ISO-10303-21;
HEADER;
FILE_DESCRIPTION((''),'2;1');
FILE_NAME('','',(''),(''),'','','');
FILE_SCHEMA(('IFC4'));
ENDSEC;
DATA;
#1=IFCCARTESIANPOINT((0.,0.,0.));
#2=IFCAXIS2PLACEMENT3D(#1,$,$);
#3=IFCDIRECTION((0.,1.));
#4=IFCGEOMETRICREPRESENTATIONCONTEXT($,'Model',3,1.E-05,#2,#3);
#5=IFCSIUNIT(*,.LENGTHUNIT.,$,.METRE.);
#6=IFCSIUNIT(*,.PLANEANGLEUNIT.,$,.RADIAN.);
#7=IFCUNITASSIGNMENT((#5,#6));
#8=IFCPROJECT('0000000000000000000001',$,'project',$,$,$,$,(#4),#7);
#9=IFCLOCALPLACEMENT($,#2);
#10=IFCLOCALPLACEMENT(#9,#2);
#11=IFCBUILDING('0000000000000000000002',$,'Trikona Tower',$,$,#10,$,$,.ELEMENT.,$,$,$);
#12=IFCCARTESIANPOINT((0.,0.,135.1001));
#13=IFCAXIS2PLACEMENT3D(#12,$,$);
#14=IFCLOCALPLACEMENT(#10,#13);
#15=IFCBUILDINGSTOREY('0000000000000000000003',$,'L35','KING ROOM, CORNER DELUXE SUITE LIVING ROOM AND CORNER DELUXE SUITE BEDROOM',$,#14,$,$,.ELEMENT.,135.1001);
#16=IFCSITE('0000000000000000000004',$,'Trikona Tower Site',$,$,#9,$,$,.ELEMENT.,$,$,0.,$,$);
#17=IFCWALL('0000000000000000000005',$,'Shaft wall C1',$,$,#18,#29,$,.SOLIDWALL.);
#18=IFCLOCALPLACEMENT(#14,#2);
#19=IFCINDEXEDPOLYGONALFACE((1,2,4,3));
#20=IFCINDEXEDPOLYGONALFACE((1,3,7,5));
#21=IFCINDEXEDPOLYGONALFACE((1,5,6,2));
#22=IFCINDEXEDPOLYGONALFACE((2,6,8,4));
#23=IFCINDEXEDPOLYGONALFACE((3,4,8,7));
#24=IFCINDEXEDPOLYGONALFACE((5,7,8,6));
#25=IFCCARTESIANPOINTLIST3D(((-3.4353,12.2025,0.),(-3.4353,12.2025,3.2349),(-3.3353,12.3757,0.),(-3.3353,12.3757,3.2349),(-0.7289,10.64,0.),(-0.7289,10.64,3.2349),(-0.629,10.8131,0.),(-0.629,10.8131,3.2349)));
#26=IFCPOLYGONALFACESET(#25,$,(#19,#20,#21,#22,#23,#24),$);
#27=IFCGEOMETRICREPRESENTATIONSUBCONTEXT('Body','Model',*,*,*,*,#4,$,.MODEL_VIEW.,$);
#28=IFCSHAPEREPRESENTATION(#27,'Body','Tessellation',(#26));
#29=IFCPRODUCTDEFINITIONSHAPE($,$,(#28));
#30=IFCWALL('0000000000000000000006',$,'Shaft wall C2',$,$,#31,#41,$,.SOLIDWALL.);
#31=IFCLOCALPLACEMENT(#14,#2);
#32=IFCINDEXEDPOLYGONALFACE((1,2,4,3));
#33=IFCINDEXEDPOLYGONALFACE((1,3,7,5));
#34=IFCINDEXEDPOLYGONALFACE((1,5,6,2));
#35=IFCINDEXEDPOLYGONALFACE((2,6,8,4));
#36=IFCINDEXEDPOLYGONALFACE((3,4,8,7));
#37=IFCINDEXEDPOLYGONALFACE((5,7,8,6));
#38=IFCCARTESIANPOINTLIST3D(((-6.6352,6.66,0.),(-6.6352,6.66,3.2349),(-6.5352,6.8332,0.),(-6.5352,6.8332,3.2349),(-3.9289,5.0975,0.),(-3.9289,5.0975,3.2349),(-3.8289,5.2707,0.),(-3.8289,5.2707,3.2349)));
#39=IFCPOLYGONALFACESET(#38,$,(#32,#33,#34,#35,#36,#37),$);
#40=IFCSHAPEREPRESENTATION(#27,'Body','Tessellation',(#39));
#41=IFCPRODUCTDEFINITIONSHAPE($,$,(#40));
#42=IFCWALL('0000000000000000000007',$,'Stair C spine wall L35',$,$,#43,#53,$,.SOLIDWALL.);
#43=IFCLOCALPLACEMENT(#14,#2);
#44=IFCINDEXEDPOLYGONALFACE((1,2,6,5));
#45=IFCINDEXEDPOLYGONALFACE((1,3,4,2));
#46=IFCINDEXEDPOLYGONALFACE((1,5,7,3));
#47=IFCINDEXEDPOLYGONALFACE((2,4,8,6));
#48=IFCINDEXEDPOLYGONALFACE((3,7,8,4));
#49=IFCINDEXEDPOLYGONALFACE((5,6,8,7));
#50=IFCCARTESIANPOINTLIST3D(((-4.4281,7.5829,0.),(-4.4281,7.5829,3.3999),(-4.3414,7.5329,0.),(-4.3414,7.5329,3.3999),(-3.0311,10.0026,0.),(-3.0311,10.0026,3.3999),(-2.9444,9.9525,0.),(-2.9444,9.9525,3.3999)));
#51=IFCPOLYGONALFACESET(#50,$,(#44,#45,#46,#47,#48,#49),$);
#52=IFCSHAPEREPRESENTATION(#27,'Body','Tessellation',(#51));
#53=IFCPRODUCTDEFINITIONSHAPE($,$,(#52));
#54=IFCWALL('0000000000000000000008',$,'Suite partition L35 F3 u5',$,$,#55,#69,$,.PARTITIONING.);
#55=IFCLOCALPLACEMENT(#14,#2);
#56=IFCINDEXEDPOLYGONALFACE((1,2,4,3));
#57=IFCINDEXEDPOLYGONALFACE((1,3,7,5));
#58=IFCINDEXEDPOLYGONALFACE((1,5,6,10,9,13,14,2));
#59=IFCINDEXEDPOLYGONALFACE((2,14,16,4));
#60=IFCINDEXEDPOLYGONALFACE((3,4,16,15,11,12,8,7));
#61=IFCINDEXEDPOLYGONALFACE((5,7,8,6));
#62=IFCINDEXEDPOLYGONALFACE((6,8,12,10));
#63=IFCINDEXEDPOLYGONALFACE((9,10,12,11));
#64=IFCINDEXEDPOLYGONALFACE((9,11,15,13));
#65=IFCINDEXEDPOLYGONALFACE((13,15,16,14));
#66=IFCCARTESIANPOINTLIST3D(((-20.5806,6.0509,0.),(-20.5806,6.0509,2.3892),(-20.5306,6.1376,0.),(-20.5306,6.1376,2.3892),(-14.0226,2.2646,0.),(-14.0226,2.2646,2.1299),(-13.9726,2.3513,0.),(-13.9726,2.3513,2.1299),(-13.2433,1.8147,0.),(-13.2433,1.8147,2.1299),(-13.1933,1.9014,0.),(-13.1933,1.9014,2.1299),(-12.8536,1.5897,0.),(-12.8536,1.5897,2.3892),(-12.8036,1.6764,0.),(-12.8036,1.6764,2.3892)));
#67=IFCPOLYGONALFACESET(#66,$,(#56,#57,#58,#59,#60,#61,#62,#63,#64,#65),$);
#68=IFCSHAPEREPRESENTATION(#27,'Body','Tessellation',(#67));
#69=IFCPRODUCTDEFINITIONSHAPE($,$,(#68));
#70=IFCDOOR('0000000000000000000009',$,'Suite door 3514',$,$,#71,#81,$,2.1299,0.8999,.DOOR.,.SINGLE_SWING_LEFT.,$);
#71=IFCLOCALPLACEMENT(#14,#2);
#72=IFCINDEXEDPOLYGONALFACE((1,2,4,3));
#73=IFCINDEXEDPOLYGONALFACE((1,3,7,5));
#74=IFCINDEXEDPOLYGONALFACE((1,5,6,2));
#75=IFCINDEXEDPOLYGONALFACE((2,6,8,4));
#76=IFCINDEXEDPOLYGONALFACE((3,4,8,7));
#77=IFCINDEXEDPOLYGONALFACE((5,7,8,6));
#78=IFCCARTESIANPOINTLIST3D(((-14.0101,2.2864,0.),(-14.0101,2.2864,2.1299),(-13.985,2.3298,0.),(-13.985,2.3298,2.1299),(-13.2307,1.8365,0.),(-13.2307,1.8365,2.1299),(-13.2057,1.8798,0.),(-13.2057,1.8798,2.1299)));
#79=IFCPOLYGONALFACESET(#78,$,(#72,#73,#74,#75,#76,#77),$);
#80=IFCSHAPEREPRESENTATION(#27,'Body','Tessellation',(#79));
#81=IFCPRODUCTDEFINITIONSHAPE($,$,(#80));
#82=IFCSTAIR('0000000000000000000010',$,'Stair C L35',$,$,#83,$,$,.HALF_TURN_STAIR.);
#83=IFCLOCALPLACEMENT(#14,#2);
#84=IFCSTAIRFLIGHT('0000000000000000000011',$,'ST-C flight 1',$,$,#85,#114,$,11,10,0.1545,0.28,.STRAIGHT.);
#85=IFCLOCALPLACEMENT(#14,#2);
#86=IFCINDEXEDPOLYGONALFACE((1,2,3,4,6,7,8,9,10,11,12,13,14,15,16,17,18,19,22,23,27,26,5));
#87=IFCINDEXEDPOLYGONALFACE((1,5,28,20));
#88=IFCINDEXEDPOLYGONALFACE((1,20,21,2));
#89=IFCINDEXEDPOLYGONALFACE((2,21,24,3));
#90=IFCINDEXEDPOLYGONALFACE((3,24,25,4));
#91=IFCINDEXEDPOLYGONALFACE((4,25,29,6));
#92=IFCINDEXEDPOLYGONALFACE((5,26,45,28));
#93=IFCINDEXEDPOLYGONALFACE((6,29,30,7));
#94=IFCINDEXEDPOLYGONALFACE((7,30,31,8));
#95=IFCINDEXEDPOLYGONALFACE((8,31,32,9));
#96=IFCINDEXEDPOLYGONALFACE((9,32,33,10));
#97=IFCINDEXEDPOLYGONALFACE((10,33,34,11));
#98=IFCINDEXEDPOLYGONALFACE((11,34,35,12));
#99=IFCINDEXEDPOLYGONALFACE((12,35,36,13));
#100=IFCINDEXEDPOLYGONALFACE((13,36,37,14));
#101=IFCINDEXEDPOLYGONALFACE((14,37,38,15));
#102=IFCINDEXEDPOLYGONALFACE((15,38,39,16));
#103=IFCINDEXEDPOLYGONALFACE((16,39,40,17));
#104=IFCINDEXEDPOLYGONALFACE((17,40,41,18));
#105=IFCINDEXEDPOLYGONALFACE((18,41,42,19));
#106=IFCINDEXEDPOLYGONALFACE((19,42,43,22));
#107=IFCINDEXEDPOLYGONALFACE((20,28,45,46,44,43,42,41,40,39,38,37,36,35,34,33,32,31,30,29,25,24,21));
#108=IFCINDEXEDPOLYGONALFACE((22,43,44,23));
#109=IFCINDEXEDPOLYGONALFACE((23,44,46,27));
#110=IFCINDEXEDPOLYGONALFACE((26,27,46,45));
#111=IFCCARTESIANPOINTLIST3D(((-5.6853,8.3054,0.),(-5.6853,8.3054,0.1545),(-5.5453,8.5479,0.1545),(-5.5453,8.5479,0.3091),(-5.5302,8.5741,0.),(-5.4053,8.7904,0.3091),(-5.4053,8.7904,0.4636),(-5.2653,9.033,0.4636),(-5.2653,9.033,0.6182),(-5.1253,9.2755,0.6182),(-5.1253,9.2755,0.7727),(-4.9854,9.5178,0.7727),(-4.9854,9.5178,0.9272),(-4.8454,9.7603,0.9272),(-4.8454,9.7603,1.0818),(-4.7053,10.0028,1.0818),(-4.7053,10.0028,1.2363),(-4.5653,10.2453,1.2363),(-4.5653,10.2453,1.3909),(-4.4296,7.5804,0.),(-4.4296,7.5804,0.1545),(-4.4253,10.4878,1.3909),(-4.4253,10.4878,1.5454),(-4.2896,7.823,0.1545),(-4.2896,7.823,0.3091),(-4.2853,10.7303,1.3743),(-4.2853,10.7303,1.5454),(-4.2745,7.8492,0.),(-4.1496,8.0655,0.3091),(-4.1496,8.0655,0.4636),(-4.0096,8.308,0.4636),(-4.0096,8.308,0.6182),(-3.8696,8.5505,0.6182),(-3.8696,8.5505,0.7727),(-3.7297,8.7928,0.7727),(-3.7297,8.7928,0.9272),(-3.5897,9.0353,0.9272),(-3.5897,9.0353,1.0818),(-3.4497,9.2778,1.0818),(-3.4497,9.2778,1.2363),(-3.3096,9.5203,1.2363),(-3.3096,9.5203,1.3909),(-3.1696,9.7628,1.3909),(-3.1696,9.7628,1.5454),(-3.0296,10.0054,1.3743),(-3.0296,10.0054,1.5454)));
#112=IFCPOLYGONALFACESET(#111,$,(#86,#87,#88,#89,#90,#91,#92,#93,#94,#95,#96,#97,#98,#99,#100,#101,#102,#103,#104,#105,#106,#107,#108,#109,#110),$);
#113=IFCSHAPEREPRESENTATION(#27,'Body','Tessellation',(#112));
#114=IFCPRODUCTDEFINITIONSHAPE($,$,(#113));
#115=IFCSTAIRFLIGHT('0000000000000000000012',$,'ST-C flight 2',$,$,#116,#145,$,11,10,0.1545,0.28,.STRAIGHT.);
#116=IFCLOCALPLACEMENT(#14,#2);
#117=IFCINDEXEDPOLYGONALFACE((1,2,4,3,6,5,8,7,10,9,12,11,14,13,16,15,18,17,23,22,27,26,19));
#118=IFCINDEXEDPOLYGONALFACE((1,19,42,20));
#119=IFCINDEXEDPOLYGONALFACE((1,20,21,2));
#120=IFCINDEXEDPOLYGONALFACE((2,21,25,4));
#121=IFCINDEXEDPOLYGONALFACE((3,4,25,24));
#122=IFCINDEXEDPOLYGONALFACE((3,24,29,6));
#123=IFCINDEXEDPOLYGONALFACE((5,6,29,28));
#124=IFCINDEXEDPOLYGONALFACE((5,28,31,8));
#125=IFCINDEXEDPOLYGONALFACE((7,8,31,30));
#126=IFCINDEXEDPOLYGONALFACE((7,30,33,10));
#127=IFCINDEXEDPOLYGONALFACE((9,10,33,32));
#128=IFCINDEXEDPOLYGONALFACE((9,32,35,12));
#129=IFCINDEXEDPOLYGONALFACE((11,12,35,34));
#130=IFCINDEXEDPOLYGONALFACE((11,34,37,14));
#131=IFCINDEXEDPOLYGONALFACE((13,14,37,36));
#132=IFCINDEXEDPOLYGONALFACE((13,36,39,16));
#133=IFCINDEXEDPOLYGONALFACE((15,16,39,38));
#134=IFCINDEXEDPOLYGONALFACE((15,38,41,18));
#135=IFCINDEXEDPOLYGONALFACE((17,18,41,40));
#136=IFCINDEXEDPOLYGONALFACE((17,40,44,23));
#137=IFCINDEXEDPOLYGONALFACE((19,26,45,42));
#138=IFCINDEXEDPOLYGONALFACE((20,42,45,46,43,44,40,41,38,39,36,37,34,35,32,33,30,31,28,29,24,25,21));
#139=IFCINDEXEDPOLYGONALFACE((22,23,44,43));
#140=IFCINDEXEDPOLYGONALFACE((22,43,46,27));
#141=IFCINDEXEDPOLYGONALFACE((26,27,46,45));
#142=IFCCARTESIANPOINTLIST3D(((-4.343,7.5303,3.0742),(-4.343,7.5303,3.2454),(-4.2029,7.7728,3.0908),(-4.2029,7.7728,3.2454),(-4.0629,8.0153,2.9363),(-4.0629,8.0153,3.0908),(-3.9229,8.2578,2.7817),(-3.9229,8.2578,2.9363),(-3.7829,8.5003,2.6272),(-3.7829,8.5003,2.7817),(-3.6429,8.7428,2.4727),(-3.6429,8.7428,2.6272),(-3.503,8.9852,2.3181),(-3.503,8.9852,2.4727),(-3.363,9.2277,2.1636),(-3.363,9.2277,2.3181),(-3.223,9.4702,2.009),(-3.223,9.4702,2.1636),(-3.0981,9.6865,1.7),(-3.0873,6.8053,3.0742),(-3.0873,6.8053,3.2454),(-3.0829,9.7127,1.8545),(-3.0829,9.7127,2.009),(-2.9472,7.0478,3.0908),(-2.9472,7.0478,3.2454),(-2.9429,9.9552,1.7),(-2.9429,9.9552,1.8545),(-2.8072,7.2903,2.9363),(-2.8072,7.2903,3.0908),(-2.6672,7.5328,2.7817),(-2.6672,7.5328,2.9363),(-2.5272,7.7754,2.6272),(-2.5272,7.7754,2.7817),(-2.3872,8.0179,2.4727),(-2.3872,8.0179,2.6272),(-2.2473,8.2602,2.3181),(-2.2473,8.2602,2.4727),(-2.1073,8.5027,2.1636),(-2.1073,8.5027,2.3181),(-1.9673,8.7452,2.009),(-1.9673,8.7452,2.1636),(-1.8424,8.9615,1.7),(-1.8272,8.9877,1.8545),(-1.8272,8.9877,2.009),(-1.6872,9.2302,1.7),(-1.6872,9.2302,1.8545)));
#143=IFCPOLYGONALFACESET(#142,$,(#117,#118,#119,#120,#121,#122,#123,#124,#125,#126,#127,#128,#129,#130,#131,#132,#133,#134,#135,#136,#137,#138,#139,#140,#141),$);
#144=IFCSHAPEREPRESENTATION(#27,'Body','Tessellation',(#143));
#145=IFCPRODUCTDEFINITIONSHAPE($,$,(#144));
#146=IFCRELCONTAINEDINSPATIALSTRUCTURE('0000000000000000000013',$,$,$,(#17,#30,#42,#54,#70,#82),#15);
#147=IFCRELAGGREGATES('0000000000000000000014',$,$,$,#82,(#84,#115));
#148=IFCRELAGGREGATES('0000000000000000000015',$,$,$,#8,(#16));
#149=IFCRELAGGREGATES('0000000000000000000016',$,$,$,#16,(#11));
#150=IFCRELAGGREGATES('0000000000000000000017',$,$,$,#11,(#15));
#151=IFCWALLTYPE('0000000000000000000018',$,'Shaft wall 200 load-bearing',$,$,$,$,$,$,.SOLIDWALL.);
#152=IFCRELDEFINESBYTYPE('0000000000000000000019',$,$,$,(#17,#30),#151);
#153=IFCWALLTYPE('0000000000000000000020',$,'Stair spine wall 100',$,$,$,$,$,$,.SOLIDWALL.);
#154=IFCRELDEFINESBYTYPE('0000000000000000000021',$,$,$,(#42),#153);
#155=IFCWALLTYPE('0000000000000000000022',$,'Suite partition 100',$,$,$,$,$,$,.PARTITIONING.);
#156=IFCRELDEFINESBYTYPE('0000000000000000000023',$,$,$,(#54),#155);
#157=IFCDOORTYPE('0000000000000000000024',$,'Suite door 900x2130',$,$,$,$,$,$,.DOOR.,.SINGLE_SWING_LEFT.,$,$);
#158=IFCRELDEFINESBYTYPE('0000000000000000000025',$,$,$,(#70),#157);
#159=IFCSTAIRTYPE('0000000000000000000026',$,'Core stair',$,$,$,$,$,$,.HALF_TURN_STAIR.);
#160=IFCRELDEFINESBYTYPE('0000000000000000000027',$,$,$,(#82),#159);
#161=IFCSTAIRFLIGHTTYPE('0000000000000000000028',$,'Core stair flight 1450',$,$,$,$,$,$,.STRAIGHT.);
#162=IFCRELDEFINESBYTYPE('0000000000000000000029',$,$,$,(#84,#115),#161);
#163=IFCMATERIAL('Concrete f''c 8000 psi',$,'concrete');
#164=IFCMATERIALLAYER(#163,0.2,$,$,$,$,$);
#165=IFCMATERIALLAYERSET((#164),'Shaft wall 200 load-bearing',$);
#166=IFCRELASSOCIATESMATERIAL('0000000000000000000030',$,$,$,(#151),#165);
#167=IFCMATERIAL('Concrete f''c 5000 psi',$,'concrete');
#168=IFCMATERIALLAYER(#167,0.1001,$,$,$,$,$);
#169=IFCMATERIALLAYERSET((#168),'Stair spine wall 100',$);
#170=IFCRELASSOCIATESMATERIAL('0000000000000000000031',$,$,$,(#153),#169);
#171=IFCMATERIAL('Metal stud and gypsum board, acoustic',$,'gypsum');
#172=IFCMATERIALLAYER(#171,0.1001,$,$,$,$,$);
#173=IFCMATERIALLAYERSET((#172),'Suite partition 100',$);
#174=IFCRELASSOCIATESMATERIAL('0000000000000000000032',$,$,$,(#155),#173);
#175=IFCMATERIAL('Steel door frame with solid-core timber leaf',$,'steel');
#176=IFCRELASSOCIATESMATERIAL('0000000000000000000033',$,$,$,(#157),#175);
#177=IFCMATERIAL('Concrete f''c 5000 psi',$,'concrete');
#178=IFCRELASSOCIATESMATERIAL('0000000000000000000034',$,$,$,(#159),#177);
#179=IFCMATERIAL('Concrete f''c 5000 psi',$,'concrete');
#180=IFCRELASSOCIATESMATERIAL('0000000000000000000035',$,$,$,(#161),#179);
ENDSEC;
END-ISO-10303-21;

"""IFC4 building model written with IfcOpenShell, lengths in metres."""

from ifc_helpers import new_model, si_unit, direction, frame, frame_2d, origin, place, context, subcontext, project, spatial, polyline, rectangle, outline, extrude, material, layer, layer_set, type_object, element, fill, aggregate, save


model = new_model("IFC4")

# Units and contexts
model_context = context("Model", 3, precision=1e-05, world=origin(), true_north=direction((0.0, 1.0)))
body_context = subcontext(model_context, "Body", "Model", "MODEL_VIEW")
ifc_project = project(units=[si_unit("LENGTHUNIT", "METRE"), si_unit("PLANEANGLEUNIT", "RADIAN")], contexts=[model_context])

# Site, building, storey
site_placement = place(None, origin())
site = spatial("IfcSite", under=ifc_project, at=site_placement, Name="Trikona Tower Site", CompositionType="ELEMENT", RefElevation=0.0)
building_placement = place(site_placement, origin())
building = spatial("IfcBuilding", under=site, at=building_placement, Name="Trikona Tower", CompositionType="ELEMENT")
storey_placement = place(building_placement, frame((0.0, 0.0, 135.1001)))
storey = spatial("IfcBuildingStorey", under=building, at=storey_placement, Name="L35", Description="KING ROOM, CORNER DELUXE SUITE LIVING ROOM AND CORNER DELUXE SUITE BEDROOM", CompositionType="ELEMENT", Elevation=135.1001)

# Walls
ifc_material_1 = material(Name="Concrete f'c 8000 psi", Category="concrete")
ifc_layer_1 = layer(ifc_material_1, 0.2)
ifc_layer_set_1 = layer_set([ifc_layer_1], Name="Shaft wall 200 load-bearing")
wall_type_1 = type_object("IfcWallType", Name="Shaft wall 200 load-bearing", PredefinedType="SOLIDWALL", material=ifc_layer_set_1)
for number, where, z_axis, x_axis, name in (
    (1, (-0.679, 10.7266, 0.0), (0.0, 0.0, 1.0), (-0.866023, 0.500004, 0.0), "Shaft wall C1"),
    (2, (-3.8789, 5.1841, 0.0), (0.0, 0.0, 1.0), (-0.866023, 0.500004, 0.0), "Shaft wall C2"),
):
    element("IfcWall", number, at=place(storey_placement, frame(where, z_axis=z_axis, x_axis=x_axis)), inside=storey, type_object=wall_type_1, Name=name, PredefinedType="SOLIDWALL", context=body_context, shape_type="SweptSolid", body=[
        extrude(rectangle(XDim=3.125, YDim=0.2, at=frame_2d((1.5625, 0.0))), origin(), (0.0, 0.0, 1.0), 3.2349),
    ])
ifc_material_2 = material(Name="Concrete f'c 5000 psi", Category="concrete")
ifc_layer_2 = layer(ifc_material_2, 0.1001)
ifc_layer_set_2 = layer_set([ifc_layer_2], Name="Stair spine wall 100")
wall_type_2 = type_object("IfcWallType", Name="Stair spine wall 100", PredefinedType="SOLIDWALL", material=ifc_layer_set_2)
wall_1_placement = place(storey_placement, frame((-2.9878, 9.9775, 0.0), z_axis=(0.0, 0.0, 1.0), x_axis=(-0.499992, -0.86603, 0.0)))
element("IfcWall", 3, at=wall_1_placement, inside=storey, type_object=wall_type_2, Name="Stair C spine wall L35", PredefinedType="SOLIDWALL", context=body_context, shape_type="SweptSolid", body=[
    extrude(rectangle(XDim=2.7939, YDim=0.1001, at=frame_2d((1.397, 0.0))), origin(), (0.0, 0.0, 1.0), 3.3999),
])

# Wall, opening, door
ifc_material_3 = material(Name="Metal stud and gypsum board, acoustic", Category="gypsum")
ifc_layer_3 = layer(ifc_material_3, 0.1001)
ifc_layer_set_3 = layer_set([ifc_layer_3], Name="Suite partition 100")
wall_type_3 = type_object("IfcWallType", Name="Suite partition 100", PredefinedType="PARTITIONING", material=ifc_layer_set_3)
wall_2_placement = place(storey_placement, frame((-12.8286, 1.6331, 0.0), z_axis=(0.0, 0.0, 1.0), x_axis=(-0.866027, 0.499997, 0.0)))
wall_2 = element("IfcWall", 4, at=wall_2_placement, inside=storey, type_object=wall_type_3, Name="Suite partition L35 F3 u5", PredefinedType="PARTITIONING", context=body_context, shape_type="SweptSolid", body=[
    extrude(rectangle(XDim=8.9224, YDim=0.1001, at=frame_2d((4.4612, 0.0))), origin(), (0.0, 0.0, 1.0), 2.3892),
])
opening_1_placement = place(wall_2_placement, frame((0.45, 0.0, 0.0)))
opening_1 = element("IfcOpeningElement", 5, at=opening_1_placement, cuts=wall_2, PredefinedType="OPENING", context=body_context, shape_type="SweptSolid", body=[
    extrude(rectangle(XDim=0.8999, YDim=2.1299, at=frame_2d((0.45, 1.0649))), frame((0.0, 0.0601, 0.0), z_axis=(0.0, -1.0, 0.0), x_axis=(1.0, 0.0, 0.0)), (0.0, 0.0, 1.0), 0.1201),
])
ifc_material_4 = material(Name="Steel door frame with solid-core timber leaf", Category="steel")
door_type_1 = type_object("IfcDoorType", Name="Suite door 900x2130", OperationType="SINGLE_SWING_LEFT", PredefinedType="DOOR", material=ifc_material_4)
door_1_placement = place(opening_1_placement, origin())
door_1 = element("IfcDoor", 6, at=door_1_placement, inside=storey, type_object=door_type_1, Name="Suite door 3514", OperationType="SINGLE_SWING_LEFT", OverallHeight=2.1299, OverallWidth=0.8999, PredefinedType="DOOR", context=body_context, shape_type="SweptSolid", body=[
    extrude(rectangle(XDim=0.8999, YDim=2.1299, at=frame_2d((0.45, 1.0649))), frame((0.0, 0.0249, 0.0), z_axis=(0.0, -1.0, 0.0), x_axis=(1.0, 0.0, 0.0)), (0.0, 0.0, 1.0), 0.05),
])
fill(opening_1, door_1)

# Stair, stair flights
ifc_material_5 = material(Name="Concrete f'c 5000 psi", Category="concrete")
stair_type = type_object("IfcStairType", Name="Core stair", PredefinedType="HALF_TURN_STAIR", material=ifc_material_5)
stair_placement = place(storey_placement, origin())
stair = element("IfcStair", 7, at=stair_placement, inside=storey, type_object=stair_type, Name="Stair C L35", PredefinedType="HALF_TURN_STAIR")
ifc_material_6 = material(Name="Concrete f'c 5000 psi", Category="concrete")
stair_flight_type = type_object("IfcStairFlightType", Name="Core stair flight 1450", PredefinedType="STRAIGHT", material=ifc_material_6)
stair_flight_1_placement = place(storey_placement, frame((-5.0574, 7.9429, 0.0), z_axis=(0.0, 0.0, 1.0), x_axis=(0.5, 0.866025, 0.0)))
stair_flight_1 = element("IfcStairFlight", 8, at=stair_flight_1_placement, type_object=stair_flight_type, Name="ST-C flight 1", NumberOfRisers=11, NumberOfTreads=10, PredefinedType="STRAIGHT", RiserHeight=0.1545, TreadLength=0.28, context=body_context, shape_type="SweptSolid", body=[
    extrude(outline(polyline([(0.0, 0.0), (0.0, 0.1545), (0.28, 0.1545), (0.28, 0.3091), (0.5601, 0.3091), (0.5601, 0.4636), (0.8401, 0.4636), (0.8401, 0.6182), (1.1201, 0.6182), (1.1201, 0.7727), (1.3999, 0.7727), (1.3999, 0.9272), (1.6799, 0.9272), (1.6799, 1.0818), (1.96, 1.0818), (1.96, 1.2363), (2.24, 1.2363), (2.24, 1.3909), (2.52, 1.3909), (2.52, 1.5454), (2.8, 1.5454), (2.8, 1.7), (2.8, 1.3743), (0.3103, 0.0), (0.0, 0.0)])), frame((0.0, 0.7251, 0.0), z_axis=(0.0, -1.0, 0.0), x_axis=(1.0, 0.0, 0.0)), (0.0, 0.0, 1.0), 1.45),
])
stair_flight_2_placement = place(storey_placement, frame((-2.3152, 9.5928, 1.7), z_axis=(0.0, 0.0, 1.0), x_axis=(-0.5, -0.866025, 0.0)))
stair_flight_2 = element("IfcStairFlight", 9, at=stair_flight_2_placement, type_object=stair_flight_type, Name="ST-C flight 2", NumberOfRisers=11, NumberOfTreads=10, PredefinedType="STRAIGHT", RiserHeight=0.1545, TreadLength=0.28, context=body_context, shape_type="SweptSolid", body=[
    extrude(outline(polyline([(0.0, 0.0), (0.0, 0.1545), (0.28, 0.1545), (0.28, 0.3091), (0.5601, 0.3091), (0.5601, 0.4636), (0.8401, 0.4636), (0.8401, 0.6182), (1.1201, 0.6182), (1.1201, 0.7727), (1.3999, 0.7727), (1.3999, 0.9272), (1.6799, 0.9272), (1.6799, 1.0818), (1.96, 1.0818), (1.96, 1.2363), (2.24, 1.2363), (2.24, 1.3909), (2.52, 1.3909), (2.52, 1.5454), (2.8, 1.5454), (2.8, 1.7), (2.8, 1.3743), (0.3103, 0.0), (0.0, 0.0)])), frame((0.0, 0.7251, 0.0), z_axis=(0.0, -1.0, 0.0), x_axis=(1.0, 0.0, 0.0)), (0.0, 0.0, 1.0), 1.45),
])
aggregate(stair, [stair_flight_1, stair_flight_2])

save(model, "model.ifc")
